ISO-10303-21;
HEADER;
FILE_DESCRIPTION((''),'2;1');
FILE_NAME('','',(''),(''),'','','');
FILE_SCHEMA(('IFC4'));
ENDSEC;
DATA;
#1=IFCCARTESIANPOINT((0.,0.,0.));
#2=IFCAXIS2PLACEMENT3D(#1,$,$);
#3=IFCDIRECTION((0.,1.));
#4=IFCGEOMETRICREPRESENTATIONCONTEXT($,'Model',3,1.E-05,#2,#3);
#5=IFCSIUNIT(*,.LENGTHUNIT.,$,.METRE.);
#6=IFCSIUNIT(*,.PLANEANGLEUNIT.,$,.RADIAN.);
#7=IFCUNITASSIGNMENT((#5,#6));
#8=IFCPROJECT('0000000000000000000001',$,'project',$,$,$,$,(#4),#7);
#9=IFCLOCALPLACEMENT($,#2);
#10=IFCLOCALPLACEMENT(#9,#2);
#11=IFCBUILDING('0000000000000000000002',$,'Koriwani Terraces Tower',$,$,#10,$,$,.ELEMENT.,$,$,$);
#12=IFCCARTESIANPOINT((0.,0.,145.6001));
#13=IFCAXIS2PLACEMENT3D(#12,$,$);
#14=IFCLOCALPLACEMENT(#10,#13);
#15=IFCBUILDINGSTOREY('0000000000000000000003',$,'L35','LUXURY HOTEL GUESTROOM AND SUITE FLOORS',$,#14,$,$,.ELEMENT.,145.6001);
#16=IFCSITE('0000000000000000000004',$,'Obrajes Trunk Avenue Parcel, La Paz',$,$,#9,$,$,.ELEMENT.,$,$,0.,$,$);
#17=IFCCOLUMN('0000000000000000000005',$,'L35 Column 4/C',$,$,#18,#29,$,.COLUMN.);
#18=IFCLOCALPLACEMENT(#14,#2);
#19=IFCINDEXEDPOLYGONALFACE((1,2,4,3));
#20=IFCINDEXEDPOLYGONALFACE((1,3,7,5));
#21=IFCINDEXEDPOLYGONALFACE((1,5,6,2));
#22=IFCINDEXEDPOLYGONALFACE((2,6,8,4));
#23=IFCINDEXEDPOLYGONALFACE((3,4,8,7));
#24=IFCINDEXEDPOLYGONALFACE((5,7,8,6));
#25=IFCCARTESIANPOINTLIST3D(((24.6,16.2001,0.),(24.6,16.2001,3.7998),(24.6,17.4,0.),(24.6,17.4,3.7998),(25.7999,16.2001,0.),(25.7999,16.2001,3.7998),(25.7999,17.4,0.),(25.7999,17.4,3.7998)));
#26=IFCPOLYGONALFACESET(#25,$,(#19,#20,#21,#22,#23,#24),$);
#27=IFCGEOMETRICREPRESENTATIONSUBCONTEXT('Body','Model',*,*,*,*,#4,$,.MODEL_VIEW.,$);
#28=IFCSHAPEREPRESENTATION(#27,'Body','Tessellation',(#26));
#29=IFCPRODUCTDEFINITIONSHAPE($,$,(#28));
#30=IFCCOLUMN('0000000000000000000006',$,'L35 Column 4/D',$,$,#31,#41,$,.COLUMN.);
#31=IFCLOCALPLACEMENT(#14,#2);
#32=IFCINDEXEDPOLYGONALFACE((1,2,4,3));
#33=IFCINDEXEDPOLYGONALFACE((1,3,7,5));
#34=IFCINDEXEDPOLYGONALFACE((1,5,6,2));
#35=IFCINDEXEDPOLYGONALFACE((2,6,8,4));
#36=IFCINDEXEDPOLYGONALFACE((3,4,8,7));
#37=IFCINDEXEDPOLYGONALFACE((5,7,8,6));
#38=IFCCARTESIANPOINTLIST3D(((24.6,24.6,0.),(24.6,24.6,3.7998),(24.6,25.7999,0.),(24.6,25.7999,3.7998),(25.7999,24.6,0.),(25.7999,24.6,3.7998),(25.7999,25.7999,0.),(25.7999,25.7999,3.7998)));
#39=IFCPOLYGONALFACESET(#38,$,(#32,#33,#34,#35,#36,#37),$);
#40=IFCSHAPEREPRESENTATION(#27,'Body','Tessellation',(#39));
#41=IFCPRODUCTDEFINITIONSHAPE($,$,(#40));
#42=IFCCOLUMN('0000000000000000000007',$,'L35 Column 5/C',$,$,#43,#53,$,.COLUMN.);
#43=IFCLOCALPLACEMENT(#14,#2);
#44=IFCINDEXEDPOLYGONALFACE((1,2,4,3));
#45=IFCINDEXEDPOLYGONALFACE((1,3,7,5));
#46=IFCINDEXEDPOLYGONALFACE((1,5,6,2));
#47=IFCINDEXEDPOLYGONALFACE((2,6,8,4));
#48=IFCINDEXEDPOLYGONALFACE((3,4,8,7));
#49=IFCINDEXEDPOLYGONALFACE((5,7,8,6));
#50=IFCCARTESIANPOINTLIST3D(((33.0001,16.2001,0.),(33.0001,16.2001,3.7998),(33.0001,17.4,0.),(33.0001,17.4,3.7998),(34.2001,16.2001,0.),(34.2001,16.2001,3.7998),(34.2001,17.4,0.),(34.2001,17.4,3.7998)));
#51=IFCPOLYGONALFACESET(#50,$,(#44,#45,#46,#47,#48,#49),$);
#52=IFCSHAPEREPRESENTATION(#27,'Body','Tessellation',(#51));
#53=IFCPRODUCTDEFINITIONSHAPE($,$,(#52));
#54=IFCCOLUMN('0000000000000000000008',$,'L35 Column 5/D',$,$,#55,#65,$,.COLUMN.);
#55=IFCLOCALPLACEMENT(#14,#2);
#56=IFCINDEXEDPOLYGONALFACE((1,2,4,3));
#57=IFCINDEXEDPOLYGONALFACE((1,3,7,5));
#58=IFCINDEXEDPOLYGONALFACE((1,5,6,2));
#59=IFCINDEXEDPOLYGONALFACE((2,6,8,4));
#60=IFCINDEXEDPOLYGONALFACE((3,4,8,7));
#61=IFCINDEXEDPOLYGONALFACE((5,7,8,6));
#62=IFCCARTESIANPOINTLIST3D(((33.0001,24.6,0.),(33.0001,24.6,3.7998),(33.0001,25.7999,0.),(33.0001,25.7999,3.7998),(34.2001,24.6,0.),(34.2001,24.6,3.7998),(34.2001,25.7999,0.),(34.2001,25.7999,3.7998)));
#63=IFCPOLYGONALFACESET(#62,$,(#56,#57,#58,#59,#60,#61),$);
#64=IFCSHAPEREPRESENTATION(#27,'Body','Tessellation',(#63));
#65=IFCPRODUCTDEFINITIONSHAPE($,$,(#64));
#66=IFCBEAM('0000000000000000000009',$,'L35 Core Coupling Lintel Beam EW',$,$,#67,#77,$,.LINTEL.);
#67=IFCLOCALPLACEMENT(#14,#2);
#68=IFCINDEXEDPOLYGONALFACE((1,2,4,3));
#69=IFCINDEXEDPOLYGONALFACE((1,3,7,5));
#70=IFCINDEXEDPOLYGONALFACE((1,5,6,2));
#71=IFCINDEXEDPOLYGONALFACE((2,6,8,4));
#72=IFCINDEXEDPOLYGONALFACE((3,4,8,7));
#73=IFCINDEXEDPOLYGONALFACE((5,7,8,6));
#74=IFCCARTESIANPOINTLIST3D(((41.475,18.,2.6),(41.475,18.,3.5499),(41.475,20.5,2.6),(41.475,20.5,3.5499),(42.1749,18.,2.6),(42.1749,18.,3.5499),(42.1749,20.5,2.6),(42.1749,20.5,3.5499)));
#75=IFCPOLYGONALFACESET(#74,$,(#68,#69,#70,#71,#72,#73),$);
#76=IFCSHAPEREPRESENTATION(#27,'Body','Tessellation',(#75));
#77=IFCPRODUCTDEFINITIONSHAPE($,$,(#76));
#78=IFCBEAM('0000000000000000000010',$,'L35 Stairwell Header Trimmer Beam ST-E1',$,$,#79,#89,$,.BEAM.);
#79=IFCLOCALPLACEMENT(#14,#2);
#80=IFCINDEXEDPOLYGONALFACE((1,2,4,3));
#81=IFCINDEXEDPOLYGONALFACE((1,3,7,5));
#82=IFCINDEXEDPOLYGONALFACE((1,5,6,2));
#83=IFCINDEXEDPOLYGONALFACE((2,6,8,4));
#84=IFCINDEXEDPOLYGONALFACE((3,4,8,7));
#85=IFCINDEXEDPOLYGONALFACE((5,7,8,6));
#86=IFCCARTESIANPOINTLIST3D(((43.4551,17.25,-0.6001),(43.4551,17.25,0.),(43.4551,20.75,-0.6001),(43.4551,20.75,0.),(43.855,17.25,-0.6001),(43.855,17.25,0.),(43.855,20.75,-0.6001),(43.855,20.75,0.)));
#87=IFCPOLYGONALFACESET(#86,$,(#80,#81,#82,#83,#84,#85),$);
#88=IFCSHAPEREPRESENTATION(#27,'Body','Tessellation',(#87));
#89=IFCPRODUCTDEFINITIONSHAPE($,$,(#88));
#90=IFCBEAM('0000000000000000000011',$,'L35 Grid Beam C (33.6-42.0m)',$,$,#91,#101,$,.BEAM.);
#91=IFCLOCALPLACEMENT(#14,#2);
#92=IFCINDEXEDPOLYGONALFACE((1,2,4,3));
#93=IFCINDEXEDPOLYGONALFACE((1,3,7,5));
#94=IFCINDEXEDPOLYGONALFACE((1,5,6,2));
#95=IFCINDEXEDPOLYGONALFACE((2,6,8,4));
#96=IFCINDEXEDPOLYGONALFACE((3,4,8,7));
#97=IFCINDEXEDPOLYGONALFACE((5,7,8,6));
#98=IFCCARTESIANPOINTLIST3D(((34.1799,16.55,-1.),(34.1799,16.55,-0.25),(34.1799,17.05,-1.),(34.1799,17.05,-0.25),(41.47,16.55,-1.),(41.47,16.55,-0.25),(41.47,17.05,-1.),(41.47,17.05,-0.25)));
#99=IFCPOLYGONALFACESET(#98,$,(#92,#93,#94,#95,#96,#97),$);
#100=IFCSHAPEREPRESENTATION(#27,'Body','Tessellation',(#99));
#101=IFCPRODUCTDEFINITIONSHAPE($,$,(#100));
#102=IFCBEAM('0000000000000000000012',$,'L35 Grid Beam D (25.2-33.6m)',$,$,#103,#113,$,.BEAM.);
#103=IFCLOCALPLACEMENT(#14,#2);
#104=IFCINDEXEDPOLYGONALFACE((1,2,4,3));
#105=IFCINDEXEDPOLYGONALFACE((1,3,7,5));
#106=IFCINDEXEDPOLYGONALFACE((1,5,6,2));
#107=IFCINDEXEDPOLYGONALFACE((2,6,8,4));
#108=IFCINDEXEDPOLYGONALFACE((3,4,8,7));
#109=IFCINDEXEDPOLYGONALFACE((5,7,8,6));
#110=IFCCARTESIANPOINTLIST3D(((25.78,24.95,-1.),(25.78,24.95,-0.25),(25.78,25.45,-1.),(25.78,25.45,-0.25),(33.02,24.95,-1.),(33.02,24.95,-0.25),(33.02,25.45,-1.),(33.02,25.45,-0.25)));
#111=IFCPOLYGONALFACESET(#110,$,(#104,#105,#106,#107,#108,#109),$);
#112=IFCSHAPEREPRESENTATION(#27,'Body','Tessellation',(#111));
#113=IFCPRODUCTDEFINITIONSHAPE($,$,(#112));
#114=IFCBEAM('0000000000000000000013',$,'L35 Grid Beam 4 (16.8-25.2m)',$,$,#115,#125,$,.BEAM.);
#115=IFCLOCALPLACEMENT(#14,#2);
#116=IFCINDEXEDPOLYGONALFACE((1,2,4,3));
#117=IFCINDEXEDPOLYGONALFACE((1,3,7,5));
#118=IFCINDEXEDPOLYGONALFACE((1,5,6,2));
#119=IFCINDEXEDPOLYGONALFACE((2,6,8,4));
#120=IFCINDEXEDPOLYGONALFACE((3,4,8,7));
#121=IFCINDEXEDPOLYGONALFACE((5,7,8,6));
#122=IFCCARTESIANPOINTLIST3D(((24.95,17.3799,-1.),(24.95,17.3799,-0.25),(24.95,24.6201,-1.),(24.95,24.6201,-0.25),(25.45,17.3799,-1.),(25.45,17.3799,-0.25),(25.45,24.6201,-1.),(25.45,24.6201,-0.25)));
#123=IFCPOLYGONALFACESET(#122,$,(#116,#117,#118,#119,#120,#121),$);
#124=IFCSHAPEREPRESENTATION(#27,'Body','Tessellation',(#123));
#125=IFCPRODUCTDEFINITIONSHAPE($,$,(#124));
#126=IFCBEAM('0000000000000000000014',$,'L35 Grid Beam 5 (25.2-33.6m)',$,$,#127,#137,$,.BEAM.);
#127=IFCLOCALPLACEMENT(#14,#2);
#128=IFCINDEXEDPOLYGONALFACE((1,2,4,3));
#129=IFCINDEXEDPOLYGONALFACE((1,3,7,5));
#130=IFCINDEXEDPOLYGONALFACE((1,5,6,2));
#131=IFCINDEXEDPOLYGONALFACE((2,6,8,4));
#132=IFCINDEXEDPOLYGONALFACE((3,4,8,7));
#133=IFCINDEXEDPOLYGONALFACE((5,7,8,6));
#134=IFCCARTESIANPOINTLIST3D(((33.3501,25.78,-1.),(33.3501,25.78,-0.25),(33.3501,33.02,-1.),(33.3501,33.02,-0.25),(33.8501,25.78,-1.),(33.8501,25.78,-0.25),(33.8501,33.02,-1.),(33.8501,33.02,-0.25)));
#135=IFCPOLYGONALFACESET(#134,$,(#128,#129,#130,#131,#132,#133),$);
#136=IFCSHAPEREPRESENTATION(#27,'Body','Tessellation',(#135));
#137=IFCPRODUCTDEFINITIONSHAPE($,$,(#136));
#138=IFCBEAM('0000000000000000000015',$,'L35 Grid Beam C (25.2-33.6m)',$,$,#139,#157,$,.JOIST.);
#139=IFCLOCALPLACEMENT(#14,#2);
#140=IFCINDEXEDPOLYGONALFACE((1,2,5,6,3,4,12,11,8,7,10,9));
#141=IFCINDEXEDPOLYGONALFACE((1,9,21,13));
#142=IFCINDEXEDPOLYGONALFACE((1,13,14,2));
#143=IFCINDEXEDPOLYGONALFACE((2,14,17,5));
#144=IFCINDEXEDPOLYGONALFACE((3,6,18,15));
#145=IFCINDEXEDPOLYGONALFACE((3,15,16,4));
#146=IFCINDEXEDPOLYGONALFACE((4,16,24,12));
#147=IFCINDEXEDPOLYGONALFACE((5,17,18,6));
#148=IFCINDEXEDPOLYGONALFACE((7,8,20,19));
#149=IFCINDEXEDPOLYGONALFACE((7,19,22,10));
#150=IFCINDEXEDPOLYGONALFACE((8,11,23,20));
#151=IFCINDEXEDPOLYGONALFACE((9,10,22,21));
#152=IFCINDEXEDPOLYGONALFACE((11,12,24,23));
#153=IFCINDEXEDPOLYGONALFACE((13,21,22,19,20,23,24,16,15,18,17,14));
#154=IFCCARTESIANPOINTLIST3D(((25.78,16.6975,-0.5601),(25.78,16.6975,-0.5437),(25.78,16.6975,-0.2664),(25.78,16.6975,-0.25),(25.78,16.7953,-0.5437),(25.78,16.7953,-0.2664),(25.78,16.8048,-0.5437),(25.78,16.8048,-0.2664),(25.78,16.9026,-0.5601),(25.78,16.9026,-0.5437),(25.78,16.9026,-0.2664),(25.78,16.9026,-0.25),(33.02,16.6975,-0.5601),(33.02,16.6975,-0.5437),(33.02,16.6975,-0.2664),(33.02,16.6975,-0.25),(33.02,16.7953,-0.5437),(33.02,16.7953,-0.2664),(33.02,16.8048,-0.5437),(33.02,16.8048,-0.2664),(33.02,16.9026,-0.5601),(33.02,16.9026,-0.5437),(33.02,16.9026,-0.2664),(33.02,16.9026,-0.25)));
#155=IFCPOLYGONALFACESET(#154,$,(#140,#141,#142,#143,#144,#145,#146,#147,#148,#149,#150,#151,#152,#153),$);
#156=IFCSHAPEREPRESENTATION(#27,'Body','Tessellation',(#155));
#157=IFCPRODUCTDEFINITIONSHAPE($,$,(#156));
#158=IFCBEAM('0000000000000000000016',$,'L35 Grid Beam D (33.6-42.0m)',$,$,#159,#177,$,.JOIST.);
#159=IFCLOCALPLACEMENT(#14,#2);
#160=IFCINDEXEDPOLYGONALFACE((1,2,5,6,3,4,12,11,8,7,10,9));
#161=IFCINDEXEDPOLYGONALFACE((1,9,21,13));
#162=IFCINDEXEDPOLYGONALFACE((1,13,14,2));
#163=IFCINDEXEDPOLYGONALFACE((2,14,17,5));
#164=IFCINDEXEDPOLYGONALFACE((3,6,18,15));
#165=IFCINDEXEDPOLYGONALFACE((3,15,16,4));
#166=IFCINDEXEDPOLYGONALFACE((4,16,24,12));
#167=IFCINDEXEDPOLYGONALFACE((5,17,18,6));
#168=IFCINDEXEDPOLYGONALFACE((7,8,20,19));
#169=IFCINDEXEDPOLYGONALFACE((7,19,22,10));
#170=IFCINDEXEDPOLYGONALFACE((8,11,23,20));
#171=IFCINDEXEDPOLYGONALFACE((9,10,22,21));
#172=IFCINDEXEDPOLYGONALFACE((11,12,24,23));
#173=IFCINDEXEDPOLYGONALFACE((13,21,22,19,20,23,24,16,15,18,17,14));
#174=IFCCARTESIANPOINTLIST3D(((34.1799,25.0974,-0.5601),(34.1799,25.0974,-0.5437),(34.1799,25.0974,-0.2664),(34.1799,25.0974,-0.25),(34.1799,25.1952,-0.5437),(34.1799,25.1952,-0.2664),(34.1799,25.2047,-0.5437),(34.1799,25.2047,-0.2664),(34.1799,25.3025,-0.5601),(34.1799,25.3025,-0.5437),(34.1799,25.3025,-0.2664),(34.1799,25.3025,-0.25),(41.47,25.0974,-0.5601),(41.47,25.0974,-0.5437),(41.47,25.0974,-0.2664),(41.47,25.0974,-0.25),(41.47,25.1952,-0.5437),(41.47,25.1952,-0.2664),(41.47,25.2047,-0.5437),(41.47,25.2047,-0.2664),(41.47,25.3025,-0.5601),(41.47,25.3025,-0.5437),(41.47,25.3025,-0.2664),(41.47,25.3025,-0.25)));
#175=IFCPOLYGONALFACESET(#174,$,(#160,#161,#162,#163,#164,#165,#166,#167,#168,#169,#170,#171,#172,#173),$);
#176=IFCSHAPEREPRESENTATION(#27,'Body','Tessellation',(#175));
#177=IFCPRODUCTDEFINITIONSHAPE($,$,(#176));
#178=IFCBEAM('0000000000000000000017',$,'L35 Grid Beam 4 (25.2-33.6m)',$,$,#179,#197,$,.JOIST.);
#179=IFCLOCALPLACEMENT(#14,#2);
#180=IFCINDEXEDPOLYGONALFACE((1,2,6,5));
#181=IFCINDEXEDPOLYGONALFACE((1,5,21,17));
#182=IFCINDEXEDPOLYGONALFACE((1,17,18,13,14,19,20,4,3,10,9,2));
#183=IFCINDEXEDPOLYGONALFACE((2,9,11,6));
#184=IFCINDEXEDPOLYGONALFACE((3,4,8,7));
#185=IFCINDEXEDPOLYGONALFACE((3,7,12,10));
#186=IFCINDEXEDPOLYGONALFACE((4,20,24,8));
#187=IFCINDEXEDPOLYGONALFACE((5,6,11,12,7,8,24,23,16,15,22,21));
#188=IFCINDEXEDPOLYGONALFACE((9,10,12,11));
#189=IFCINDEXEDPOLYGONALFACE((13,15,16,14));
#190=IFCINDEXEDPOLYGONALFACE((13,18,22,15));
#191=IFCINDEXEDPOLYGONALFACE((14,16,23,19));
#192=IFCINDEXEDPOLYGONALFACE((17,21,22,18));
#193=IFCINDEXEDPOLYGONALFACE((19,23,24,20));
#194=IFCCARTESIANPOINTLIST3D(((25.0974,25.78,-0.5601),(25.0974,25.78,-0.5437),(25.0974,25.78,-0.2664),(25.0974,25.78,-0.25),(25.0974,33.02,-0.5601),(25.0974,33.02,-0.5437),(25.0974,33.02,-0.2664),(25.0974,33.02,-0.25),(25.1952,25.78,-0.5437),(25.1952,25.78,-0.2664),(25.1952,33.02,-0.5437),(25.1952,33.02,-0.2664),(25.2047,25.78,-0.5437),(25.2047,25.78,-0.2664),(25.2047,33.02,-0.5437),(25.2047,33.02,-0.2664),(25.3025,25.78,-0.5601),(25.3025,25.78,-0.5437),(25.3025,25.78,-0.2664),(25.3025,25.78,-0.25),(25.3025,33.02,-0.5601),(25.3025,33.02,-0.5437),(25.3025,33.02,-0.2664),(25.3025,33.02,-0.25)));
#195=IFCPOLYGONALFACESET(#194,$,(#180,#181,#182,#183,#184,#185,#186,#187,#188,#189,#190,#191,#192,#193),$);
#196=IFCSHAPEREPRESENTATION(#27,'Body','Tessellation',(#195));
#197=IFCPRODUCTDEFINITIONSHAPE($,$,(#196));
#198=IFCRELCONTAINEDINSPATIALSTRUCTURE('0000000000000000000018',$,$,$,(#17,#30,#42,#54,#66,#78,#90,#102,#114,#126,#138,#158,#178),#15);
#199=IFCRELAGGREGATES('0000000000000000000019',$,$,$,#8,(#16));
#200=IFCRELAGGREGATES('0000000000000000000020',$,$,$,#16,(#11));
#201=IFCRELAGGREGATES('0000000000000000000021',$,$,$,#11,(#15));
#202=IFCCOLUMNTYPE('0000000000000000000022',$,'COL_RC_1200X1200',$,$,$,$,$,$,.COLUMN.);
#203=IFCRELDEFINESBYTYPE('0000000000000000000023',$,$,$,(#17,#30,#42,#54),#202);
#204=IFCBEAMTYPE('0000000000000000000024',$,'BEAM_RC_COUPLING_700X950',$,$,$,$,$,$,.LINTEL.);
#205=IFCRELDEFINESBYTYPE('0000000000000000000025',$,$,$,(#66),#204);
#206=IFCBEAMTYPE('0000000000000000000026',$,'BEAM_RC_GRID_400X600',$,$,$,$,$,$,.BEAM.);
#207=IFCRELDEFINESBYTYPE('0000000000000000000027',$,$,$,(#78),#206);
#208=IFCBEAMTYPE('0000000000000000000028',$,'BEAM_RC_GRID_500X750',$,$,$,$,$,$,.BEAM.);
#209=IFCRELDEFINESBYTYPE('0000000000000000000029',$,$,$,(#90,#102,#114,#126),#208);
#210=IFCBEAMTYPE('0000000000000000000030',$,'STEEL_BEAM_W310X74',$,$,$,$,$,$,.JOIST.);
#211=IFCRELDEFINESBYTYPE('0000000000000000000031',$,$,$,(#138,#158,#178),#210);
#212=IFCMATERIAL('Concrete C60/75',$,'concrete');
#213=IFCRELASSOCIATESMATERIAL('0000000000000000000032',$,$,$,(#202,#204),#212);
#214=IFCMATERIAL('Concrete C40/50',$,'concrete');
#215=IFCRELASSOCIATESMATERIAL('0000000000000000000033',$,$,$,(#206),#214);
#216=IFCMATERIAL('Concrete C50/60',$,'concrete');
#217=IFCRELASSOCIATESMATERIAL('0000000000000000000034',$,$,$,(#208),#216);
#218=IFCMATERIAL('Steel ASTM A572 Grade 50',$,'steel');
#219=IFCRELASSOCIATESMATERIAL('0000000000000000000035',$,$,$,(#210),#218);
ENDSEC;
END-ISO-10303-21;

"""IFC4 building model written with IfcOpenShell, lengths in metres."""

from ifc_helpers import new_model, si_unit, direction, frame, origin, origin_2d, place, context, subcontext, project, spatial, rectangle, i_section, extrude, material, material_profile, profile_set, type_object, element, save


model = new_model("IFC4")

# Units and contexts
model_context = context("Model", 3, precision=1e-05, world=origin(), true_north=direction((0.0, 1.0)))
body_context = subcontext(model_context, "Body", "Model", "MODEL_VIEW")
ifc_project = project(units=[si_unit("LENGTHUNIT", "METRE"), si_unit("PLANEANGLEUNIT", "RADIAN")], contexts=[model_context])

# Site, building, storey
site_placement = place(None, origin())
site = spatial("IfcSite", under=ifc_project, at=site_placement, Name="Obrajes Trunk Avenue Parcel, La Paz", CompositionType="ELEMENT", RefElevation=0.0)
building_placement = place(site_placement, origin())
building = spatial("IfcBuilding", under=site, at=building_placement, Name="Koriwani Terraces Tower", CompositionType="ELEMENT")
storey_placement = place(building_placement, frame((0.0, 0.0, 145.6001)))
storey = spatial("IfcBuildingStorey", under=building, at=storey_placement, Name="L35", Description="LUXURY HOTEL GUESTROOM AND SUITE FLOORS", CompositionType="ELEMENT", Elevation=145.6001)

# Columns
ifc_material_1 = material(Name="Concrete C60/75", Category="concrete")
ifc_material_profile_1 = material_profile(ifc_material_1, rectangle(XDim=1.2, YDim=1.2, at=origin_2d()), Name="Concrete C60/75", Category="LoadBearing")
ifc_profile_set_1 = profile_set([ifc_material_profile_1], Name="Concrete C60/75")
column_type = type_object("IfcColumnType", Name="COL_RC_1200X1200", PredefinedType="COLUMN", material=ifc_profile_set_1)
for number, where, z_axis, x_axis, name in (
    (1, (25.2, 16.8, 0.0), (0.0, 0.0, 1.0), (1.0, 0.0, 0.0), "L35 Column 4/C"),
    (2, (25.2, 25.2, 0.0), (0.0, 0.0, 1.0), (1.0, 0.0, 0.0), "L35 Column 4/D"),
    (3, (33.6001, 16.8, 0.0), (0.0, 0.0, 1.0), (1.0, 0.0, 0.0), "L35 Column 5/C"),
    (4, (33.6001, 25.2, 0.0), (0.0, 0.0, 1.0), (1.0, 0.0, 0.0), "L35 Column 5/D"),
):
    element("IfcColumn", number, at=place(storey_placement, frame(where, z_axis=z_axis, x_axis=x_axis)), inside=storey, type_object=column_type, Name=name, PredefinedType="COLUMN", context=body_context, shape_type="SweptSolid", body=[
        extrude(rectangle(XDim=1.2, YDim=1.2, at=origin_2d()), origin(), (0.0, 0.0, 1.0), 3.7998),
    ])

# Beams
ifc_material_profile_2 = material_profile(ifc_material_1, rectangle(XDim=0.7, YDim=0.95, at=origin_2d()), Name="Concrete C60/75", Category="LoadBearing")
ifc_profile_set_2 = profile_set([ifc_material_profile_2], Name="Concrete C60/75")
beam_type_1 = type_object("IfcBeamType", Name="BEAM_RC_COUPLING_700X950", PredefinedType="LINTEL", material=ifc_profile_set_2)
beam_1_placement = place(storey_placement, frame((41.825, 18.0, 3.075), z_axis=(0.0, 1.0, 0.0), x_axis=(-1.0, 0.0, 0.0)))
element("IfcBeam", 5, at=beam_1_placement, inside=storey, type_object=beam_type_1, Name="L35 Core Coupling Lintel Beam EW", PredefinedType="LINTEL", context=body_context, shape_type="SweptSolid", body=[
    extrude(rectangle(XDim=0.7, YDim=0.95, at=origin_2d()), origin(), (0.0, 0.0, 1.0), 2.5),
])
ifc_material_2 = material(Name="Concrete C40/50", Category="concrete")
ifc_material_profile_3 = material_profile(ifc_material_2, rectangle(XDim=0.3999, YDim=0.6001, at=origin_2d()), Name="Concrete C40/50", Category="LoadBearing")
ifc_profile_set_3 = profile_set([ifc_material_profile_3], Name="Concrete C40/50")
beam_type_2 = type_object("IfcBeamType", Name="BEAM_RC_GRID_400X600", PredefinedType="BEAM", material=ifc_profile_set_3)
beam_2_placement = place(storey_placement, frame((43.655, 17.25, -0.3), z_axis=(0.0, 1.0, 0.0), x_axis=(-1.0, 0.0, 0.0)))
element("IfcBeam", 6, at=beam_2_placement, inside=storey, type_object=beam_type_2, Name="L35 Stairwell Header Trimmer Beam ST-E1", PredefinedType="BEAM", context=body_context, shape_type="SweptSolid", body=[
    extrude(rectangle(XDim=0.3999, YDim=0.6001, at=origin_2d()), origin(), (0.0, 0.0, 1.0), 3.5),
])
ifc_material_3 = material(Name="Concrete C50/60", Category="concrete")
ifc_material_profile_4 = material_profile(ifc_material_3, rectangle(XDim=0.5, YDim=0.75, at=origin_2d()), Name="Concrete C50/60", Category="LoadBearing")
ifc_profile_set_4 = profile_set([ifc_material_profile_4], Name="Concrete C50/60")
beam_type_3 = type_object("IfcBeamType", Name="BEAM_RC_GRID_500X750", PredefinedType="BEAM", material=ifc_profile_set_4)
beam_3_placement = place(storey_placement, frame((34.1799, 16.8, -0.625), z_axis=(1.0, 0.0, 0.0), x_axis=(0.0, 1.0, 0.0)))
element("IfcBeam", 7, at=beam_3_placement, inside=storey, type_object=beam_type_3, Name="L35 Grid Beam C (33.6-42.0m)", PredefinedType="BEAM", context=body_context, shape_type="SweptSolid", body=[
    extrude(rectangle(XDim=0.5, YDim=0.75, at=origin_2d()), origin(), (0.0, 0.0, 1.0), 7.29),
])
beam_4_placement = place(storey_placement, frame((25.78, 25.2, -0.625), z_axis=(1.0, 0.0, 0.0), x_axis=(0.0, 1.0, 0.0)))
element("IfcBeam", 8, at=beam_4_placement, inside=storey, type_object=beam_type_3, Name="L35 Grid Beam D (25.2-33.6m)", PredefinedType="BEAM", context=body_context, shape_type="SweptSolid", body=[
    extrude(rectangle(XDim=0.5, YDim=0.75, at=origin_2d()), origin(), (0.0, 0.0, 1.0), 7.24),
])
beam_5_placement = place(storey_placement, frame((25.2, 17.3799, -0.625), z_axis=(0.0, 1.0, 0.0), x_axis=(-1.0, 0.0, 0.0)))
element("IfcBeam", 9, at=beam_5_placement, inside=storey, type_object=beam_type_3, Name="L35 Grid Beam 4 (16.8-25.2m)", PredefinedType="BEAM", context=body_context, shape_type="SweptSolid", body=[
    extrude(rectangle(XDim=0.5, YDim=0.75, at=origin_2d()), origin(), (0.0, 0.0, 1.0), 7.2402),
])
beam_6_placement = place(storey_placement, frame((33.6001, 25.78, -0.625), z_axis=(0.0, 1.0, 0.0), x_axis=(-1.0, 0.0, 0.0)))
element("IfcBeam", 10, at=beam_6_placement, inside=storey, type_object=beam_type_3, Name="L35 Grid Beam 5 (25.2-33.6m)", PredefinedType="BEAM", context=body_context, shape_type="SweptSolid", body=[
    extrude(rectangle(XDim=0.5, YDim=0.75, at=origin_2d()), origin(), (0.0, 0.0, 1.0), 7.24),
])
ifc_material_4 = material(Name="Steel ASTM A572 Grade 50", Category="steel")
ifc_material_profile_5 = material_profile(ifc_material_4, i_section(OverallWidth=0.2051, OverallDepth=0.3101, WebThickness=0.0095, FlangeThickness=0.0164, at=origin_2d()), Name="Steel ASTM A572 Grade 50", Category="LoadBearing")
ifc_profile_set_5 = profile_set([ifc_material_profile_5], Name="Steel ASTM A572 Grade 50")
beam_type_4 = type_object("IfcBeamType", Name="STEEL_BEAM_W310X74", PredefinedType="JOIST", material=ifc_profile_set_5)
beam_7_placement = place(storey_placement, frame((25.78, 16.8, -0.405), z_axis=(1.0, 0.0, 0.0), x_axis=(0.0, 1.0, 0.0)))
element("IfcBeam", 11, at=beam_7_placement, inside=storey, type_object=beam_type_4, Name="L35 Grid Beam C (25.2-33.6m)", PredefinedType="JOIST", context=body_context, shape_type="SweptSolid", body=[
    extrude(i_section(OverallWidth=0.2051, OverallDepth=0.3101, WebThickness=0.0095, FlangeThickness=0.0164, at=origin_2d()), origin(), (0.0, 0.0, 1.0), 7.24),
])
beam_8_placement = place(storey_placement, frame((34.1799, 25.2, -0.405), z_axis=(1.0, 0.0, 0.0), x_axis=(0.0, 1.0, 0.0)))
element("IfcBeam", 12, at=beam_8_placement, inside=storey, type_object=beam_type_4, Name="L35 Grid Beam D (33.6-42.0m)", PredefinedType="JOIST", context=body_context, shape_type="SweptSolid", body=[
    extrude(i_section(OverallWidth=0.2051, OverallDepth=0.3101, WebThickness=0.0095, FlangeThickness=0.0164, at=origin_2d()), origin(), (0.0, 0.0, 1.0), 7.29),
])
beam_9_placement = place(storey_placement, frame((25.2, 25.78, -0.405), z_axis=(0.0, 1.0, 0.0), x_axis=(-1.0, 0.0, 0.0)))
element("IfcBeam", 13, at=beam_9_placement, inside=storey, type_object=beam_type_4, Name="L35 Grid Beam 4 (25.2-33.6m)", PredefinedType="JOIST", context=body_context, shape_type="SweptSolid", body=[
    extrude(i_section(OverallWidth=0.2051, OverallDepth=0.3101, WebThickness=0.0095, FlangeThickness=0.0164, at=origin_2d()), origin(), (0.0, 0.0, 1.0), 7.24),
])

save(model, "model.ifc")
